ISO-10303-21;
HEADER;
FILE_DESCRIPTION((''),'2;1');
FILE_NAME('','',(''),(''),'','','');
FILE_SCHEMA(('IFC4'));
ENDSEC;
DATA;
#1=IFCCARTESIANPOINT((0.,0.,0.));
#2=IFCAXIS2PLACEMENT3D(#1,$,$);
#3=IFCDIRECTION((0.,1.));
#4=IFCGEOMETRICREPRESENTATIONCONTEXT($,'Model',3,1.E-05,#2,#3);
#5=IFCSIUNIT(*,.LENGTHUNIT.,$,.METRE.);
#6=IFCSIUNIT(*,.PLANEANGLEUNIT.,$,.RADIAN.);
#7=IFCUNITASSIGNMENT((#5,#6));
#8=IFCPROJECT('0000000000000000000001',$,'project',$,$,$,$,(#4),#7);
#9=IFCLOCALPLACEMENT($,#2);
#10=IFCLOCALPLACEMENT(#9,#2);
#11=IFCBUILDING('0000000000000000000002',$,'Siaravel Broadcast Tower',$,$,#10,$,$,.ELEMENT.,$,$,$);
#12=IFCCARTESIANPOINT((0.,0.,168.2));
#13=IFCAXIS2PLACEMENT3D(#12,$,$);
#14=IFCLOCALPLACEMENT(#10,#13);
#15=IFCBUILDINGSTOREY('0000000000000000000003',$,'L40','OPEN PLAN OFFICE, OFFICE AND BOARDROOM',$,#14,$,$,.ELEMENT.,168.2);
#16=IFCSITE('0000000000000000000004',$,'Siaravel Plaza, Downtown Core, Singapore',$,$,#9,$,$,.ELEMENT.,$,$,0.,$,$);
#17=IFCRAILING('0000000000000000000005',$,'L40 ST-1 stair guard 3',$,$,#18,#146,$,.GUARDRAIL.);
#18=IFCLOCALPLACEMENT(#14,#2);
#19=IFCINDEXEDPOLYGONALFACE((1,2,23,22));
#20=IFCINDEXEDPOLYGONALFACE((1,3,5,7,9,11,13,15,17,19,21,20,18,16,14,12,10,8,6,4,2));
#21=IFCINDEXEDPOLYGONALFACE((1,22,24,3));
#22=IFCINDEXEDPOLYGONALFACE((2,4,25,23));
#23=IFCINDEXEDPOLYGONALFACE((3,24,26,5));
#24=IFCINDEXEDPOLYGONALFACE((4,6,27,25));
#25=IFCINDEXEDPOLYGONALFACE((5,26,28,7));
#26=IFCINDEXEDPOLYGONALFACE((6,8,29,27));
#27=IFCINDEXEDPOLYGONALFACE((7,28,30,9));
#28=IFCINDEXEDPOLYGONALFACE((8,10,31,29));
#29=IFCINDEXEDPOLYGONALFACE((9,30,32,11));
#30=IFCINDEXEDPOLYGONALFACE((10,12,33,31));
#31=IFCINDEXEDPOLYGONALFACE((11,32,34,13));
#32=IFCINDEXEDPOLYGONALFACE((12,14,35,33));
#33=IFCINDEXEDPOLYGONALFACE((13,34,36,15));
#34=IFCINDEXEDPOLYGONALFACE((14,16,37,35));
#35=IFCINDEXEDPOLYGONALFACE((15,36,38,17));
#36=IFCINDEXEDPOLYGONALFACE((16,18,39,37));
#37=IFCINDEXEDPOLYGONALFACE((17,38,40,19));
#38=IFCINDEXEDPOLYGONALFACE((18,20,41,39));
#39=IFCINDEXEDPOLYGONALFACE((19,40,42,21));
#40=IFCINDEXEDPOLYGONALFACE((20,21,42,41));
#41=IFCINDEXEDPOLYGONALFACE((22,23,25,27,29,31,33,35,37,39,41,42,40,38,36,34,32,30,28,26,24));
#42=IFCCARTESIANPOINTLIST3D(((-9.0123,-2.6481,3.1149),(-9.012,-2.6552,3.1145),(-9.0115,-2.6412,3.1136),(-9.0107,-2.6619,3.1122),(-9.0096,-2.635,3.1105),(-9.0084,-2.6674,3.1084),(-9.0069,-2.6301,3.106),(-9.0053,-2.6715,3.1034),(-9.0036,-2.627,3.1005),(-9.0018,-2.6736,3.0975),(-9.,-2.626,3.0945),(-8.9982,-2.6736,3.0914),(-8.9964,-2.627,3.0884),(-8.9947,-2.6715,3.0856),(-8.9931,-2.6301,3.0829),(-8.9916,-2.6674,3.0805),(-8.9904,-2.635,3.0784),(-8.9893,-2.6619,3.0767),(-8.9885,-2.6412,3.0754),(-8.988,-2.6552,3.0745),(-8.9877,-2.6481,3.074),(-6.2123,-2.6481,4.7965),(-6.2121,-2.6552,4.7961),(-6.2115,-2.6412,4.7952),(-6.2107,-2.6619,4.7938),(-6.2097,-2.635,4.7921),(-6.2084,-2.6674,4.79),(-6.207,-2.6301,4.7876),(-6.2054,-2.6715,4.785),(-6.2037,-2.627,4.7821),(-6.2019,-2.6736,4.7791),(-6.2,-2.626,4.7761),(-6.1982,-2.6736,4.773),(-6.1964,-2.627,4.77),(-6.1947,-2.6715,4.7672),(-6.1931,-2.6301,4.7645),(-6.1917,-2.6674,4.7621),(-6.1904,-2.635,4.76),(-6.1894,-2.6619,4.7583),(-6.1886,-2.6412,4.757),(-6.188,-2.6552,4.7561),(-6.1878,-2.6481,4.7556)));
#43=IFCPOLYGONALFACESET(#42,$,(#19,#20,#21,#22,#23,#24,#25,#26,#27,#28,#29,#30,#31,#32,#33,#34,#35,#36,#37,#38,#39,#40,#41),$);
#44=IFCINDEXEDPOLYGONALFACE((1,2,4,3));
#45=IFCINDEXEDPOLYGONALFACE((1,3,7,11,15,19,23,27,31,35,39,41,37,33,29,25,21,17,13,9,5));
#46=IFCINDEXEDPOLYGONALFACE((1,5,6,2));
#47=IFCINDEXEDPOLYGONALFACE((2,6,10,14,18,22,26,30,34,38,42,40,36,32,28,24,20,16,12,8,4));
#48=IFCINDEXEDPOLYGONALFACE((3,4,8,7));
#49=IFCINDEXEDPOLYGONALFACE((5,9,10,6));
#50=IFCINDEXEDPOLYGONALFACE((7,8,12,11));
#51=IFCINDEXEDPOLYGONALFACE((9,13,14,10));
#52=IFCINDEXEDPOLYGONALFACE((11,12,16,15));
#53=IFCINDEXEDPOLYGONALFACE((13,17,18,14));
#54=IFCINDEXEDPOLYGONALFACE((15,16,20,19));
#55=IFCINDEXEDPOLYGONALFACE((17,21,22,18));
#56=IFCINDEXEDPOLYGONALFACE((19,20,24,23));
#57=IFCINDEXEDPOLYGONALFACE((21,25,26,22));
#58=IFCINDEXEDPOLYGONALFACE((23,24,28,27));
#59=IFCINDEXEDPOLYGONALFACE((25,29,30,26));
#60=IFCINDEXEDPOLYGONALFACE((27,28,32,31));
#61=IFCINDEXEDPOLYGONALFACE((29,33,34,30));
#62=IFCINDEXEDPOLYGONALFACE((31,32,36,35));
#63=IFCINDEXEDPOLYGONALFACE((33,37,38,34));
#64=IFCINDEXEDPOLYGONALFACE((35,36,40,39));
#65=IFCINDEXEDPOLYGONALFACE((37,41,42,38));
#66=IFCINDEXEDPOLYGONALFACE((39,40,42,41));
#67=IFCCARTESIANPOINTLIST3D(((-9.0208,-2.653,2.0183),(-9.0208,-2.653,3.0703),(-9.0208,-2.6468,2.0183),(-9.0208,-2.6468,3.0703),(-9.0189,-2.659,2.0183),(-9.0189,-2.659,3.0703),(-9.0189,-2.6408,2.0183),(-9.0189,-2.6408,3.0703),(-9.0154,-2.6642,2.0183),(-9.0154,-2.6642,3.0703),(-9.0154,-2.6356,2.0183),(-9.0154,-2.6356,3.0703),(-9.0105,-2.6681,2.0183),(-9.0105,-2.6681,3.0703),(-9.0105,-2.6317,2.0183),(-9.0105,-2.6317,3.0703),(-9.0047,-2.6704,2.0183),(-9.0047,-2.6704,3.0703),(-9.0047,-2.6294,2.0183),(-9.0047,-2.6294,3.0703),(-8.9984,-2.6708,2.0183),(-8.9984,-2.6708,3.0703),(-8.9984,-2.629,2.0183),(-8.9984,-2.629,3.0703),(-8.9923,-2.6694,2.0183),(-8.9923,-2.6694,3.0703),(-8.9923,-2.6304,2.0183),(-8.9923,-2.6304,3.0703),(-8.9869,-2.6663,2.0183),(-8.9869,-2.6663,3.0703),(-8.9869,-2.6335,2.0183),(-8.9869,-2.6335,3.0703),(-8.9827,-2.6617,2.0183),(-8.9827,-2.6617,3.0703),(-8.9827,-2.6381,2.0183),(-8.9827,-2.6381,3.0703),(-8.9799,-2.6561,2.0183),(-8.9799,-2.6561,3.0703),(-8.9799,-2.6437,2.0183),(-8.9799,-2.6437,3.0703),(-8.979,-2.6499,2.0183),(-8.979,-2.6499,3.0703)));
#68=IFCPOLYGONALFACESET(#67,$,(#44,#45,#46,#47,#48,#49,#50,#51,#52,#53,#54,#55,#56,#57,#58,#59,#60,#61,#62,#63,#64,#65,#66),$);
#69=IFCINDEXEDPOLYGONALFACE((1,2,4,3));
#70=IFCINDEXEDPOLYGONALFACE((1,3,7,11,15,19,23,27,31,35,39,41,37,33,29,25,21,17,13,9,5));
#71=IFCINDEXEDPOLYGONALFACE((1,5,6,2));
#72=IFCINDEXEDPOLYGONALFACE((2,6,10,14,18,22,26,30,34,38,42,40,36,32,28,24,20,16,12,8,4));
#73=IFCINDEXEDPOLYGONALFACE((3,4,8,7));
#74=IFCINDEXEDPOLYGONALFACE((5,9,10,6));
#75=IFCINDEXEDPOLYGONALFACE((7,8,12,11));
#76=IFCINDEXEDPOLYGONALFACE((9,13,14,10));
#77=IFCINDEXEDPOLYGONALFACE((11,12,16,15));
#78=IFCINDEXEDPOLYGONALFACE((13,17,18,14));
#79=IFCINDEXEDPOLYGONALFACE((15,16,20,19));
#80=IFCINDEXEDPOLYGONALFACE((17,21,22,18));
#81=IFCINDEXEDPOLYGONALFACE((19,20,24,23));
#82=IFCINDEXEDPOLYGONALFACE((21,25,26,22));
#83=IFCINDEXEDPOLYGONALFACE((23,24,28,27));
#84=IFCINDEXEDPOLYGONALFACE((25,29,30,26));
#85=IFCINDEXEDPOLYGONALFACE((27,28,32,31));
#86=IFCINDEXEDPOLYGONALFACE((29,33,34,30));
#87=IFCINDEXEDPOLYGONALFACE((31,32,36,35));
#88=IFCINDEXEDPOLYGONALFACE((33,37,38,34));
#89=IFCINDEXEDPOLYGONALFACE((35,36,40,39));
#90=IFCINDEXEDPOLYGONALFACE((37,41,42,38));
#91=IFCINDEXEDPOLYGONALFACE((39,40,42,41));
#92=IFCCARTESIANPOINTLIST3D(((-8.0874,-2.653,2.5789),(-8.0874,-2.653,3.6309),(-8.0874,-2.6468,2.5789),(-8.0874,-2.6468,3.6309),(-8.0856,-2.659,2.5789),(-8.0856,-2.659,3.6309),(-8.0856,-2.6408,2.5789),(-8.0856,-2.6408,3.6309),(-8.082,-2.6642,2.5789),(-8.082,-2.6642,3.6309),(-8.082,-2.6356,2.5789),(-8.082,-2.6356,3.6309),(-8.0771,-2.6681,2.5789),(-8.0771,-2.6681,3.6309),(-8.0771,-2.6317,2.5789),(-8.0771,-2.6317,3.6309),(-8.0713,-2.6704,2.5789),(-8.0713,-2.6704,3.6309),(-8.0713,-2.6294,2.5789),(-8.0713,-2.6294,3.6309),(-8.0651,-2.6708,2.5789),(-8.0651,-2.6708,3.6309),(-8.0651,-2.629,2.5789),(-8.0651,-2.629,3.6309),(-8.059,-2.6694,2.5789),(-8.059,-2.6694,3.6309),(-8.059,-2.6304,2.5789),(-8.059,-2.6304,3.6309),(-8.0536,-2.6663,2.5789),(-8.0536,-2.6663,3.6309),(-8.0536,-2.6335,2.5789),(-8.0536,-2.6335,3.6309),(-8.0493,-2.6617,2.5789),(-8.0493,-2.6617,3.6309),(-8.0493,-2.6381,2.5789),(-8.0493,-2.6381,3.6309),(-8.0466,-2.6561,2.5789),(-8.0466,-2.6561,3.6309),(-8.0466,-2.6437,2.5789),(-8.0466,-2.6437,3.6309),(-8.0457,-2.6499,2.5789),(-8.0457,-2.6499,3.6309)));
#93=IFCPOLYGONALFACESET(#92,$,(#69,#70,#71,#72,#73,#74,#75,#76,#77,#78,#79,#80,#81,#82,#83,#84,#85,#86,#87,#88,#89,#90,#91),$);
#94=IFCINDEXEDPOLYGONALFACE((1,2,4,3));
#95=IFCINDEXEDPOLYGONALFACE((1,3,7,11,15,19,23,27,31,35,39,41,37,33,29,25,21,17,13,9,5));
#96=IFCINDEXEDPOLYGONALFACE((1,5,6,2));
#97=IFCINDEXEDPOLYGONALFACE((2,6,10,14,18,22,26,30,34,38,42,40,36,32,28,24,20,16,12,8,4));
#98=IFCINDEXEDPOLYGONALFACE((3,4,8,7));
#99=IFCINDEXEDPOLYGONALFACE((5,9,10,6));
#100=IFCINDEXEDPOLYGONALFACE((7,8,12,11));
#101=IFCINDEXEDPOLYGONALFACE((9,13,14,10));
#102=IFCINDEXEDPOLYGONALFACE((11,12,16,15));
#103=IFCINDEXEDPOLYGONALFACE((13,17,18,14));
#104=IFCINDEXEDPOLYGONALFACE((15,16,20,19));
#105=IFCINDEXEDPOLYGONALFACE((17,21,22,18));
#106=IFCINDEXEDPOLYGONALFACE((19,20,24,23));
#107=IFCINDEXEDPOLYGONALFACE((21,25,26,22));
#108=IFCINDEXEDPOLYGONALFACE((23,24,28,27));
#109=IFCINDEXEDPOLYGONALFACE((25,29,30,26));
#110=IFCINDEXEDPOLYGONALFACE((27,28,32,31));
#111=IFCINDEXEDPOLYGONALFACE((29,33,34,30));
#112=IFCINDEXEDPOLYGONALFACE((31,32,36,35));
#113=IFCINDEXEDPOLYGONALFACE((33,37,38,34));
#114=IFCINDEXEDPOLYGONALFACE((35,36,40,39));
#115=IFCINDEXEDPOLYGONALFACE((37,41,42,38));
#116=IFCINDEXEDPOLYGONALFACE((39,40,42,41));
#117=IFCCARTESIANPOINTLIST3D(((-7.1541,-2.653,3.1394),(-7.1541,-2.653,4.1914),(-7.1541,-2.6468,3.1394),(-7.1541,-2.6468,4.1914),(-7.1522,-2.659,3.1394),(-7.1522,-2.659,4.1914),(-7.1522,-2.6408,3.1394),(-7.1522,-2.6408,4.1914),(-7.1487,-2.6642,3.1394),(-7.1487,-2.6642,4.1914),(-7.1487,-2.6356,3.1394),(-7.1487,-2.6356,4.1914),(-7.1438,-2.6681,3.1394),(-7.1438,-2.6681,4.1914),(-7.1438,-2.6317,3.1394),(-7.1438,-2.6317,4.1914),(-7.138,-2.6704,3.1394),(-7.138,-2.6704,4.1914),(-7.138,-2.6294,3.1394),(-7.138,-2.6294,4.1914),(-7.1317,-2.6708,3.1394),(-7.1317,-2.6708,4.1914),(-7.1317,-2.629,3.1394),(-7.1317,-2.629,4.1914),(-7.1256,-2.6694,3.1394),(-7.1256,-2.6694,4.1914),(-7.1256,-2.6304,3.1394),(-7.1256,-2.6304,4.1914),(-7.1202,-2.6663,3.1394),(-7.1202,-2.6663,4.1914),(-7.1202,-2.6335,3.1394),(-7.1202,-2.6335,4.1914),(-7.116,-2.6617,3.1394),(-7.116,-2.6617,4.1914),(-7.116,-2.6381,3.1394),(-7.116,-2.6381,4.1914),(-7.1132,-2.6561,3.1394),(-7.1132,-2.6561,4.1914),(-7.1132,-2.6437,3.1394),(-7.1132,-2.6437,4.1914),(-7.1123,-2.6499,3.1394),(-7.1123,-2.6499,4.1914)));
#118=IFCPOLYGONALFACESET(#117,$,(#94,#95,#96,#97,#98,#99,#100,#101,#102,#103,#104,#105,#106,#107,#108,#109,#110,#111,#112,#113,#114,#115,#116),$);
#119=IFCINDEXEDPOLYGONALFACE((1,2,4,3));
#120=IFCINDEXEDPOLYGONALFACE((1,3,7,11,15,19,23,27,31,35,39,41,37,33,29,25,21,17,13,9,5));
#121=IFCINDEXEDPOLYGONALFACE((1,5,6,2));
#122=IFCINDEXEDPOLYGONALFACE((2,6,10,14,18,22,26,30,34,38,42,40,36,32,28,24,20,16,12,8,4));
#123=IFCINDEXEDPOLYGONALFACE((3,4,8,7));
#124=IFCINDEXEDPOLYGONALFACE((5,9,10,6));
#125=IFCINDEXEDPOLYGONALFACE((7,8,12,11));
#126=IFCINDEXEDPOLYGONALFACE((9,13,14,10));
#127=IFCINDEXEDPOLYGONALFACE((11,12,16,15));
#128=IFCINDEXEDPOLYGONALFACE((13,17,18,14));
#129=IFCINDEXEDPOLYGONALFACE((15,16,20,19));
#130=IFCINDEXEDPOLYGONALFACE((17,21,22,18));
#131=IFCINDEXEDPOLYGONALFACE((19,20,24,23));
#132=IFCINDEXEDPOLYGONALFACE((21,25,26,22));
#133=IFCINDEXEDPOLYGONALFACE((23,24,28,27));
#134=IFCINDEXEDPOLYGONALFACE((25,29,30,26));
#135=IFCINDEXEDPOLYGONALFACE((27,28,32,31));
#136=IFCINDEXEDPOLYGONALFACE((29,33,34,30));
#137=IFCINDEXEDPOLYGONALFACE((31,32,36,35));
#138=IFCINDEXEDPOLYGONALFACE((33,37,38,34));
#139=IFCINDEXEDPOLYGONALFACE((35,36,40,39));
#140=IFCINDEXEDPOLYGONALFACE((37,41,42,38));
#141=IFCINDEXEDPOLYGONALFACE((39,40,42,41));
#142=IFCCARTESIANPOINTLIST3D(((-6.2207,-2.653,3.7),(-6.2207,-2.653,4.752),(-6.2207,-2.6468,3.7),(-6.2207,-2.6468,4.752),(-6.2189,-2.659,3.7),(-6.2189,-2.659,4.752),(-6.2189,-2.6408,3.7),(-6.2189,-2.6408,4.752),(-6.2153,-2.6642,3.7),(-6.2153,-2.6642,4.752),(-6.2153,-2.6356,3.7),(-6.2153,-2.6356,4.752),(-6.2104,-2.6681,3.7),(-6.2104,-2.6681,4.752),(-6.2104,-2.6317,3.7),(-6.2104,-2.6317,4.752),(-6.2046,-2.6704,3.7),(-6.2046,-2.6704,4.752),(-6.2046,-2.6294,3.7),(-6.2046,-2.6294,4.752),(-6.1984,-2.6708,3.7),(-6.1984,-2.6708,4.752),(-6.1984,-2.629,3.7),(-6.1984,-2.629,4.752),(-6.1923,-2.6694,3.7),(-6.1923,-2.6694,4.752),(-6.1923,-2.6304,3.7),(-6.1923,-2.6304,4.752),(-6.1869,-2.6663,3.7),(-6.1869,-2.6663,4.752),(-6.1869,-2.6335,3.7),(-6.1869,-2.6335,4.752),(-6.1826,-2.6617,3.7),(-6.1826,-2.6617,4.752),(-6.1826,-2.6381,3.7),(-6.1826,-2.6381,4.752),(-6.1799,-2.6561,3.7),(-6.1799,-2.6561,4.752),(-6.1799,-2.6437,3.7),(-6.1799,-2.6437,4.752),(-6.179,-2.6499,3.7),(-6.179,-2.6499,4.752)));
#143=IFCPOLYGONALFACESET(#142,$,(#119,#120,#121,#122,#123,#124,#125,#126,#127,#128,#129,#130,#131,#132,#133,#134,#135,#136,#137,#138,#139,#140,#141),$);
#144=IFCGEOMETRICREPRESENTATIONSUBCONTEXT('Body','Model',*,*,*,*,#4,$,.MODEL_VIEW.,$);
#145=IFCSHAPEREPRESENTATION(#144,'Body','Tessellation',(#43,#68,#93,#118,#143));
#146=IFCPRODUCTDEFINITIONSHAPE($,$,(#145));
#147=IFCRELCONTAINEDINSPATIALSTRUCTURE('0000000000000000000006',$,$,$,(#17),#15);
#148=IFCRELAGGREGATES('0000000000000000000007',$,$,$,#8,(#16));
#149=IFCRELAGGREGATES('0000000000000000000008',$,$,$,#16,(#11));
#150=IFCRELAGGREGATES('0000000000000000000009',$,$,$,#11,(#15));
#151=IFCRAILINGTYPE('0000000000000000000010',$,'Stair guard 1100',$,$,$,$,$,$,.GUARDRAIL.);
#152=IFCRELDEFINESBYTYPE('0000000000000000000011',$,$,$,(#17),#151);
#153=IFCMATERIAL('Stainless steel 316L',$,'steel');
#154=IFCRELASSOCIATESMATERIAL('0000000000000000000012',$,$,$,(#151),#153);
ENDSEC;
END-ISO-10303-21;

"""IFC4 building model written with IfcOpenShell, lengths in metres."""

from ifc_helpers import new_model, si_unit, direction, frame, origin, origin_2d, place, context, subcontext, project, spatial, circle, extrude, material, type_object, element, save


model = new_model("IFC4")

# Units and contexts
model_context = context("Model", 3, precision=1e-05, world=origin(), true_north=direction((0.0, 1.0)))
body_context = subcontext(model_context, "Body", "Model", "MODEL_VIEW")
ifc_project = project(units=[si_unit("LENGTHUNIT", "METRE"), si_unit("PLANEANGLEUNIT", "RADIAN")], contexts=[model_context])

# Site, building, storey
site_placement = place(None, origin())
site = spatial("IfcSite", under=ifc_project, at=site_placement, Name="Siaravel Plaza, Downtown Core, Singapore", CompositionType="ELEMENT", RefElevation=0.0)
building_placement = place(site_placement, origin())
building = spatial("IfcBuilding", under=site, at=building_placement, Name="Siaravel Broadcast Tower", CompositionType="ELEMENT")
storey_placement = place(building_placement, frame((0.0, 0.0, 168.2)))
storey = spatial("IfcBuildingStorey", under=building, at=storey_placement, Name="L40", Description="OPEN PLAN OFFICE, OFFICE AND BOARDROOM", CompositionType="ELEMENT", Elevation=168.2)

# Shared definitions
ifc_material_1 = material(Name="Stainless steel 316L", Category="steel")

# Railing
railing_type_1 = type_object("IfcRailingType", Name="Stair guard 1100", PredefinedType="GUARDRAIL", material=ifc_material_1)
railing_1_placement = place(storey_placement, frame((-9.0, -2.6499, 2.0183)))
element("IfcRailing", 1, at=railing_1_placement, inside=storey, type_object=railing_type_1, Name="L40 ST-1 stair guard 3", PredefinedType="GUARDRAIL", context=body_context, shape_type="SweptSolid", body=[
    extrude(circle(Radius=0.0239, at=origin_2d()), frame((0.0, 0.0, 1.0762), z_axis=(0.857275, 0.0, 0.514858), x_axis=(0.0, 1.0, 0.0)), (0.0, 0.0, 1.0), 3.2661),
    extrude(circle(Radius=0.021, at=origin_2d()), origin(), (0.0, 0.0, 1.0), 1.052),
    extrude(circle(Radius=0.021, at=origin_2d()), frame((0.9333, 0.0, 0.5605)), (0.0, 0.0, 1.0), 1.052),
    extrude(circle(Radius=0.021, at=origin_2d()), frame((1.8667, 0.0, 1.1211)), (0.0, 0.0, 1.0), 1.052),
    extrude(circle(Radius=0.021, at=origin_2d()), frame((2.8, 0.0, 1.6816)), (0.0, 0.0, 1.0), 1.052),
])

save(model, "model.ifc")
